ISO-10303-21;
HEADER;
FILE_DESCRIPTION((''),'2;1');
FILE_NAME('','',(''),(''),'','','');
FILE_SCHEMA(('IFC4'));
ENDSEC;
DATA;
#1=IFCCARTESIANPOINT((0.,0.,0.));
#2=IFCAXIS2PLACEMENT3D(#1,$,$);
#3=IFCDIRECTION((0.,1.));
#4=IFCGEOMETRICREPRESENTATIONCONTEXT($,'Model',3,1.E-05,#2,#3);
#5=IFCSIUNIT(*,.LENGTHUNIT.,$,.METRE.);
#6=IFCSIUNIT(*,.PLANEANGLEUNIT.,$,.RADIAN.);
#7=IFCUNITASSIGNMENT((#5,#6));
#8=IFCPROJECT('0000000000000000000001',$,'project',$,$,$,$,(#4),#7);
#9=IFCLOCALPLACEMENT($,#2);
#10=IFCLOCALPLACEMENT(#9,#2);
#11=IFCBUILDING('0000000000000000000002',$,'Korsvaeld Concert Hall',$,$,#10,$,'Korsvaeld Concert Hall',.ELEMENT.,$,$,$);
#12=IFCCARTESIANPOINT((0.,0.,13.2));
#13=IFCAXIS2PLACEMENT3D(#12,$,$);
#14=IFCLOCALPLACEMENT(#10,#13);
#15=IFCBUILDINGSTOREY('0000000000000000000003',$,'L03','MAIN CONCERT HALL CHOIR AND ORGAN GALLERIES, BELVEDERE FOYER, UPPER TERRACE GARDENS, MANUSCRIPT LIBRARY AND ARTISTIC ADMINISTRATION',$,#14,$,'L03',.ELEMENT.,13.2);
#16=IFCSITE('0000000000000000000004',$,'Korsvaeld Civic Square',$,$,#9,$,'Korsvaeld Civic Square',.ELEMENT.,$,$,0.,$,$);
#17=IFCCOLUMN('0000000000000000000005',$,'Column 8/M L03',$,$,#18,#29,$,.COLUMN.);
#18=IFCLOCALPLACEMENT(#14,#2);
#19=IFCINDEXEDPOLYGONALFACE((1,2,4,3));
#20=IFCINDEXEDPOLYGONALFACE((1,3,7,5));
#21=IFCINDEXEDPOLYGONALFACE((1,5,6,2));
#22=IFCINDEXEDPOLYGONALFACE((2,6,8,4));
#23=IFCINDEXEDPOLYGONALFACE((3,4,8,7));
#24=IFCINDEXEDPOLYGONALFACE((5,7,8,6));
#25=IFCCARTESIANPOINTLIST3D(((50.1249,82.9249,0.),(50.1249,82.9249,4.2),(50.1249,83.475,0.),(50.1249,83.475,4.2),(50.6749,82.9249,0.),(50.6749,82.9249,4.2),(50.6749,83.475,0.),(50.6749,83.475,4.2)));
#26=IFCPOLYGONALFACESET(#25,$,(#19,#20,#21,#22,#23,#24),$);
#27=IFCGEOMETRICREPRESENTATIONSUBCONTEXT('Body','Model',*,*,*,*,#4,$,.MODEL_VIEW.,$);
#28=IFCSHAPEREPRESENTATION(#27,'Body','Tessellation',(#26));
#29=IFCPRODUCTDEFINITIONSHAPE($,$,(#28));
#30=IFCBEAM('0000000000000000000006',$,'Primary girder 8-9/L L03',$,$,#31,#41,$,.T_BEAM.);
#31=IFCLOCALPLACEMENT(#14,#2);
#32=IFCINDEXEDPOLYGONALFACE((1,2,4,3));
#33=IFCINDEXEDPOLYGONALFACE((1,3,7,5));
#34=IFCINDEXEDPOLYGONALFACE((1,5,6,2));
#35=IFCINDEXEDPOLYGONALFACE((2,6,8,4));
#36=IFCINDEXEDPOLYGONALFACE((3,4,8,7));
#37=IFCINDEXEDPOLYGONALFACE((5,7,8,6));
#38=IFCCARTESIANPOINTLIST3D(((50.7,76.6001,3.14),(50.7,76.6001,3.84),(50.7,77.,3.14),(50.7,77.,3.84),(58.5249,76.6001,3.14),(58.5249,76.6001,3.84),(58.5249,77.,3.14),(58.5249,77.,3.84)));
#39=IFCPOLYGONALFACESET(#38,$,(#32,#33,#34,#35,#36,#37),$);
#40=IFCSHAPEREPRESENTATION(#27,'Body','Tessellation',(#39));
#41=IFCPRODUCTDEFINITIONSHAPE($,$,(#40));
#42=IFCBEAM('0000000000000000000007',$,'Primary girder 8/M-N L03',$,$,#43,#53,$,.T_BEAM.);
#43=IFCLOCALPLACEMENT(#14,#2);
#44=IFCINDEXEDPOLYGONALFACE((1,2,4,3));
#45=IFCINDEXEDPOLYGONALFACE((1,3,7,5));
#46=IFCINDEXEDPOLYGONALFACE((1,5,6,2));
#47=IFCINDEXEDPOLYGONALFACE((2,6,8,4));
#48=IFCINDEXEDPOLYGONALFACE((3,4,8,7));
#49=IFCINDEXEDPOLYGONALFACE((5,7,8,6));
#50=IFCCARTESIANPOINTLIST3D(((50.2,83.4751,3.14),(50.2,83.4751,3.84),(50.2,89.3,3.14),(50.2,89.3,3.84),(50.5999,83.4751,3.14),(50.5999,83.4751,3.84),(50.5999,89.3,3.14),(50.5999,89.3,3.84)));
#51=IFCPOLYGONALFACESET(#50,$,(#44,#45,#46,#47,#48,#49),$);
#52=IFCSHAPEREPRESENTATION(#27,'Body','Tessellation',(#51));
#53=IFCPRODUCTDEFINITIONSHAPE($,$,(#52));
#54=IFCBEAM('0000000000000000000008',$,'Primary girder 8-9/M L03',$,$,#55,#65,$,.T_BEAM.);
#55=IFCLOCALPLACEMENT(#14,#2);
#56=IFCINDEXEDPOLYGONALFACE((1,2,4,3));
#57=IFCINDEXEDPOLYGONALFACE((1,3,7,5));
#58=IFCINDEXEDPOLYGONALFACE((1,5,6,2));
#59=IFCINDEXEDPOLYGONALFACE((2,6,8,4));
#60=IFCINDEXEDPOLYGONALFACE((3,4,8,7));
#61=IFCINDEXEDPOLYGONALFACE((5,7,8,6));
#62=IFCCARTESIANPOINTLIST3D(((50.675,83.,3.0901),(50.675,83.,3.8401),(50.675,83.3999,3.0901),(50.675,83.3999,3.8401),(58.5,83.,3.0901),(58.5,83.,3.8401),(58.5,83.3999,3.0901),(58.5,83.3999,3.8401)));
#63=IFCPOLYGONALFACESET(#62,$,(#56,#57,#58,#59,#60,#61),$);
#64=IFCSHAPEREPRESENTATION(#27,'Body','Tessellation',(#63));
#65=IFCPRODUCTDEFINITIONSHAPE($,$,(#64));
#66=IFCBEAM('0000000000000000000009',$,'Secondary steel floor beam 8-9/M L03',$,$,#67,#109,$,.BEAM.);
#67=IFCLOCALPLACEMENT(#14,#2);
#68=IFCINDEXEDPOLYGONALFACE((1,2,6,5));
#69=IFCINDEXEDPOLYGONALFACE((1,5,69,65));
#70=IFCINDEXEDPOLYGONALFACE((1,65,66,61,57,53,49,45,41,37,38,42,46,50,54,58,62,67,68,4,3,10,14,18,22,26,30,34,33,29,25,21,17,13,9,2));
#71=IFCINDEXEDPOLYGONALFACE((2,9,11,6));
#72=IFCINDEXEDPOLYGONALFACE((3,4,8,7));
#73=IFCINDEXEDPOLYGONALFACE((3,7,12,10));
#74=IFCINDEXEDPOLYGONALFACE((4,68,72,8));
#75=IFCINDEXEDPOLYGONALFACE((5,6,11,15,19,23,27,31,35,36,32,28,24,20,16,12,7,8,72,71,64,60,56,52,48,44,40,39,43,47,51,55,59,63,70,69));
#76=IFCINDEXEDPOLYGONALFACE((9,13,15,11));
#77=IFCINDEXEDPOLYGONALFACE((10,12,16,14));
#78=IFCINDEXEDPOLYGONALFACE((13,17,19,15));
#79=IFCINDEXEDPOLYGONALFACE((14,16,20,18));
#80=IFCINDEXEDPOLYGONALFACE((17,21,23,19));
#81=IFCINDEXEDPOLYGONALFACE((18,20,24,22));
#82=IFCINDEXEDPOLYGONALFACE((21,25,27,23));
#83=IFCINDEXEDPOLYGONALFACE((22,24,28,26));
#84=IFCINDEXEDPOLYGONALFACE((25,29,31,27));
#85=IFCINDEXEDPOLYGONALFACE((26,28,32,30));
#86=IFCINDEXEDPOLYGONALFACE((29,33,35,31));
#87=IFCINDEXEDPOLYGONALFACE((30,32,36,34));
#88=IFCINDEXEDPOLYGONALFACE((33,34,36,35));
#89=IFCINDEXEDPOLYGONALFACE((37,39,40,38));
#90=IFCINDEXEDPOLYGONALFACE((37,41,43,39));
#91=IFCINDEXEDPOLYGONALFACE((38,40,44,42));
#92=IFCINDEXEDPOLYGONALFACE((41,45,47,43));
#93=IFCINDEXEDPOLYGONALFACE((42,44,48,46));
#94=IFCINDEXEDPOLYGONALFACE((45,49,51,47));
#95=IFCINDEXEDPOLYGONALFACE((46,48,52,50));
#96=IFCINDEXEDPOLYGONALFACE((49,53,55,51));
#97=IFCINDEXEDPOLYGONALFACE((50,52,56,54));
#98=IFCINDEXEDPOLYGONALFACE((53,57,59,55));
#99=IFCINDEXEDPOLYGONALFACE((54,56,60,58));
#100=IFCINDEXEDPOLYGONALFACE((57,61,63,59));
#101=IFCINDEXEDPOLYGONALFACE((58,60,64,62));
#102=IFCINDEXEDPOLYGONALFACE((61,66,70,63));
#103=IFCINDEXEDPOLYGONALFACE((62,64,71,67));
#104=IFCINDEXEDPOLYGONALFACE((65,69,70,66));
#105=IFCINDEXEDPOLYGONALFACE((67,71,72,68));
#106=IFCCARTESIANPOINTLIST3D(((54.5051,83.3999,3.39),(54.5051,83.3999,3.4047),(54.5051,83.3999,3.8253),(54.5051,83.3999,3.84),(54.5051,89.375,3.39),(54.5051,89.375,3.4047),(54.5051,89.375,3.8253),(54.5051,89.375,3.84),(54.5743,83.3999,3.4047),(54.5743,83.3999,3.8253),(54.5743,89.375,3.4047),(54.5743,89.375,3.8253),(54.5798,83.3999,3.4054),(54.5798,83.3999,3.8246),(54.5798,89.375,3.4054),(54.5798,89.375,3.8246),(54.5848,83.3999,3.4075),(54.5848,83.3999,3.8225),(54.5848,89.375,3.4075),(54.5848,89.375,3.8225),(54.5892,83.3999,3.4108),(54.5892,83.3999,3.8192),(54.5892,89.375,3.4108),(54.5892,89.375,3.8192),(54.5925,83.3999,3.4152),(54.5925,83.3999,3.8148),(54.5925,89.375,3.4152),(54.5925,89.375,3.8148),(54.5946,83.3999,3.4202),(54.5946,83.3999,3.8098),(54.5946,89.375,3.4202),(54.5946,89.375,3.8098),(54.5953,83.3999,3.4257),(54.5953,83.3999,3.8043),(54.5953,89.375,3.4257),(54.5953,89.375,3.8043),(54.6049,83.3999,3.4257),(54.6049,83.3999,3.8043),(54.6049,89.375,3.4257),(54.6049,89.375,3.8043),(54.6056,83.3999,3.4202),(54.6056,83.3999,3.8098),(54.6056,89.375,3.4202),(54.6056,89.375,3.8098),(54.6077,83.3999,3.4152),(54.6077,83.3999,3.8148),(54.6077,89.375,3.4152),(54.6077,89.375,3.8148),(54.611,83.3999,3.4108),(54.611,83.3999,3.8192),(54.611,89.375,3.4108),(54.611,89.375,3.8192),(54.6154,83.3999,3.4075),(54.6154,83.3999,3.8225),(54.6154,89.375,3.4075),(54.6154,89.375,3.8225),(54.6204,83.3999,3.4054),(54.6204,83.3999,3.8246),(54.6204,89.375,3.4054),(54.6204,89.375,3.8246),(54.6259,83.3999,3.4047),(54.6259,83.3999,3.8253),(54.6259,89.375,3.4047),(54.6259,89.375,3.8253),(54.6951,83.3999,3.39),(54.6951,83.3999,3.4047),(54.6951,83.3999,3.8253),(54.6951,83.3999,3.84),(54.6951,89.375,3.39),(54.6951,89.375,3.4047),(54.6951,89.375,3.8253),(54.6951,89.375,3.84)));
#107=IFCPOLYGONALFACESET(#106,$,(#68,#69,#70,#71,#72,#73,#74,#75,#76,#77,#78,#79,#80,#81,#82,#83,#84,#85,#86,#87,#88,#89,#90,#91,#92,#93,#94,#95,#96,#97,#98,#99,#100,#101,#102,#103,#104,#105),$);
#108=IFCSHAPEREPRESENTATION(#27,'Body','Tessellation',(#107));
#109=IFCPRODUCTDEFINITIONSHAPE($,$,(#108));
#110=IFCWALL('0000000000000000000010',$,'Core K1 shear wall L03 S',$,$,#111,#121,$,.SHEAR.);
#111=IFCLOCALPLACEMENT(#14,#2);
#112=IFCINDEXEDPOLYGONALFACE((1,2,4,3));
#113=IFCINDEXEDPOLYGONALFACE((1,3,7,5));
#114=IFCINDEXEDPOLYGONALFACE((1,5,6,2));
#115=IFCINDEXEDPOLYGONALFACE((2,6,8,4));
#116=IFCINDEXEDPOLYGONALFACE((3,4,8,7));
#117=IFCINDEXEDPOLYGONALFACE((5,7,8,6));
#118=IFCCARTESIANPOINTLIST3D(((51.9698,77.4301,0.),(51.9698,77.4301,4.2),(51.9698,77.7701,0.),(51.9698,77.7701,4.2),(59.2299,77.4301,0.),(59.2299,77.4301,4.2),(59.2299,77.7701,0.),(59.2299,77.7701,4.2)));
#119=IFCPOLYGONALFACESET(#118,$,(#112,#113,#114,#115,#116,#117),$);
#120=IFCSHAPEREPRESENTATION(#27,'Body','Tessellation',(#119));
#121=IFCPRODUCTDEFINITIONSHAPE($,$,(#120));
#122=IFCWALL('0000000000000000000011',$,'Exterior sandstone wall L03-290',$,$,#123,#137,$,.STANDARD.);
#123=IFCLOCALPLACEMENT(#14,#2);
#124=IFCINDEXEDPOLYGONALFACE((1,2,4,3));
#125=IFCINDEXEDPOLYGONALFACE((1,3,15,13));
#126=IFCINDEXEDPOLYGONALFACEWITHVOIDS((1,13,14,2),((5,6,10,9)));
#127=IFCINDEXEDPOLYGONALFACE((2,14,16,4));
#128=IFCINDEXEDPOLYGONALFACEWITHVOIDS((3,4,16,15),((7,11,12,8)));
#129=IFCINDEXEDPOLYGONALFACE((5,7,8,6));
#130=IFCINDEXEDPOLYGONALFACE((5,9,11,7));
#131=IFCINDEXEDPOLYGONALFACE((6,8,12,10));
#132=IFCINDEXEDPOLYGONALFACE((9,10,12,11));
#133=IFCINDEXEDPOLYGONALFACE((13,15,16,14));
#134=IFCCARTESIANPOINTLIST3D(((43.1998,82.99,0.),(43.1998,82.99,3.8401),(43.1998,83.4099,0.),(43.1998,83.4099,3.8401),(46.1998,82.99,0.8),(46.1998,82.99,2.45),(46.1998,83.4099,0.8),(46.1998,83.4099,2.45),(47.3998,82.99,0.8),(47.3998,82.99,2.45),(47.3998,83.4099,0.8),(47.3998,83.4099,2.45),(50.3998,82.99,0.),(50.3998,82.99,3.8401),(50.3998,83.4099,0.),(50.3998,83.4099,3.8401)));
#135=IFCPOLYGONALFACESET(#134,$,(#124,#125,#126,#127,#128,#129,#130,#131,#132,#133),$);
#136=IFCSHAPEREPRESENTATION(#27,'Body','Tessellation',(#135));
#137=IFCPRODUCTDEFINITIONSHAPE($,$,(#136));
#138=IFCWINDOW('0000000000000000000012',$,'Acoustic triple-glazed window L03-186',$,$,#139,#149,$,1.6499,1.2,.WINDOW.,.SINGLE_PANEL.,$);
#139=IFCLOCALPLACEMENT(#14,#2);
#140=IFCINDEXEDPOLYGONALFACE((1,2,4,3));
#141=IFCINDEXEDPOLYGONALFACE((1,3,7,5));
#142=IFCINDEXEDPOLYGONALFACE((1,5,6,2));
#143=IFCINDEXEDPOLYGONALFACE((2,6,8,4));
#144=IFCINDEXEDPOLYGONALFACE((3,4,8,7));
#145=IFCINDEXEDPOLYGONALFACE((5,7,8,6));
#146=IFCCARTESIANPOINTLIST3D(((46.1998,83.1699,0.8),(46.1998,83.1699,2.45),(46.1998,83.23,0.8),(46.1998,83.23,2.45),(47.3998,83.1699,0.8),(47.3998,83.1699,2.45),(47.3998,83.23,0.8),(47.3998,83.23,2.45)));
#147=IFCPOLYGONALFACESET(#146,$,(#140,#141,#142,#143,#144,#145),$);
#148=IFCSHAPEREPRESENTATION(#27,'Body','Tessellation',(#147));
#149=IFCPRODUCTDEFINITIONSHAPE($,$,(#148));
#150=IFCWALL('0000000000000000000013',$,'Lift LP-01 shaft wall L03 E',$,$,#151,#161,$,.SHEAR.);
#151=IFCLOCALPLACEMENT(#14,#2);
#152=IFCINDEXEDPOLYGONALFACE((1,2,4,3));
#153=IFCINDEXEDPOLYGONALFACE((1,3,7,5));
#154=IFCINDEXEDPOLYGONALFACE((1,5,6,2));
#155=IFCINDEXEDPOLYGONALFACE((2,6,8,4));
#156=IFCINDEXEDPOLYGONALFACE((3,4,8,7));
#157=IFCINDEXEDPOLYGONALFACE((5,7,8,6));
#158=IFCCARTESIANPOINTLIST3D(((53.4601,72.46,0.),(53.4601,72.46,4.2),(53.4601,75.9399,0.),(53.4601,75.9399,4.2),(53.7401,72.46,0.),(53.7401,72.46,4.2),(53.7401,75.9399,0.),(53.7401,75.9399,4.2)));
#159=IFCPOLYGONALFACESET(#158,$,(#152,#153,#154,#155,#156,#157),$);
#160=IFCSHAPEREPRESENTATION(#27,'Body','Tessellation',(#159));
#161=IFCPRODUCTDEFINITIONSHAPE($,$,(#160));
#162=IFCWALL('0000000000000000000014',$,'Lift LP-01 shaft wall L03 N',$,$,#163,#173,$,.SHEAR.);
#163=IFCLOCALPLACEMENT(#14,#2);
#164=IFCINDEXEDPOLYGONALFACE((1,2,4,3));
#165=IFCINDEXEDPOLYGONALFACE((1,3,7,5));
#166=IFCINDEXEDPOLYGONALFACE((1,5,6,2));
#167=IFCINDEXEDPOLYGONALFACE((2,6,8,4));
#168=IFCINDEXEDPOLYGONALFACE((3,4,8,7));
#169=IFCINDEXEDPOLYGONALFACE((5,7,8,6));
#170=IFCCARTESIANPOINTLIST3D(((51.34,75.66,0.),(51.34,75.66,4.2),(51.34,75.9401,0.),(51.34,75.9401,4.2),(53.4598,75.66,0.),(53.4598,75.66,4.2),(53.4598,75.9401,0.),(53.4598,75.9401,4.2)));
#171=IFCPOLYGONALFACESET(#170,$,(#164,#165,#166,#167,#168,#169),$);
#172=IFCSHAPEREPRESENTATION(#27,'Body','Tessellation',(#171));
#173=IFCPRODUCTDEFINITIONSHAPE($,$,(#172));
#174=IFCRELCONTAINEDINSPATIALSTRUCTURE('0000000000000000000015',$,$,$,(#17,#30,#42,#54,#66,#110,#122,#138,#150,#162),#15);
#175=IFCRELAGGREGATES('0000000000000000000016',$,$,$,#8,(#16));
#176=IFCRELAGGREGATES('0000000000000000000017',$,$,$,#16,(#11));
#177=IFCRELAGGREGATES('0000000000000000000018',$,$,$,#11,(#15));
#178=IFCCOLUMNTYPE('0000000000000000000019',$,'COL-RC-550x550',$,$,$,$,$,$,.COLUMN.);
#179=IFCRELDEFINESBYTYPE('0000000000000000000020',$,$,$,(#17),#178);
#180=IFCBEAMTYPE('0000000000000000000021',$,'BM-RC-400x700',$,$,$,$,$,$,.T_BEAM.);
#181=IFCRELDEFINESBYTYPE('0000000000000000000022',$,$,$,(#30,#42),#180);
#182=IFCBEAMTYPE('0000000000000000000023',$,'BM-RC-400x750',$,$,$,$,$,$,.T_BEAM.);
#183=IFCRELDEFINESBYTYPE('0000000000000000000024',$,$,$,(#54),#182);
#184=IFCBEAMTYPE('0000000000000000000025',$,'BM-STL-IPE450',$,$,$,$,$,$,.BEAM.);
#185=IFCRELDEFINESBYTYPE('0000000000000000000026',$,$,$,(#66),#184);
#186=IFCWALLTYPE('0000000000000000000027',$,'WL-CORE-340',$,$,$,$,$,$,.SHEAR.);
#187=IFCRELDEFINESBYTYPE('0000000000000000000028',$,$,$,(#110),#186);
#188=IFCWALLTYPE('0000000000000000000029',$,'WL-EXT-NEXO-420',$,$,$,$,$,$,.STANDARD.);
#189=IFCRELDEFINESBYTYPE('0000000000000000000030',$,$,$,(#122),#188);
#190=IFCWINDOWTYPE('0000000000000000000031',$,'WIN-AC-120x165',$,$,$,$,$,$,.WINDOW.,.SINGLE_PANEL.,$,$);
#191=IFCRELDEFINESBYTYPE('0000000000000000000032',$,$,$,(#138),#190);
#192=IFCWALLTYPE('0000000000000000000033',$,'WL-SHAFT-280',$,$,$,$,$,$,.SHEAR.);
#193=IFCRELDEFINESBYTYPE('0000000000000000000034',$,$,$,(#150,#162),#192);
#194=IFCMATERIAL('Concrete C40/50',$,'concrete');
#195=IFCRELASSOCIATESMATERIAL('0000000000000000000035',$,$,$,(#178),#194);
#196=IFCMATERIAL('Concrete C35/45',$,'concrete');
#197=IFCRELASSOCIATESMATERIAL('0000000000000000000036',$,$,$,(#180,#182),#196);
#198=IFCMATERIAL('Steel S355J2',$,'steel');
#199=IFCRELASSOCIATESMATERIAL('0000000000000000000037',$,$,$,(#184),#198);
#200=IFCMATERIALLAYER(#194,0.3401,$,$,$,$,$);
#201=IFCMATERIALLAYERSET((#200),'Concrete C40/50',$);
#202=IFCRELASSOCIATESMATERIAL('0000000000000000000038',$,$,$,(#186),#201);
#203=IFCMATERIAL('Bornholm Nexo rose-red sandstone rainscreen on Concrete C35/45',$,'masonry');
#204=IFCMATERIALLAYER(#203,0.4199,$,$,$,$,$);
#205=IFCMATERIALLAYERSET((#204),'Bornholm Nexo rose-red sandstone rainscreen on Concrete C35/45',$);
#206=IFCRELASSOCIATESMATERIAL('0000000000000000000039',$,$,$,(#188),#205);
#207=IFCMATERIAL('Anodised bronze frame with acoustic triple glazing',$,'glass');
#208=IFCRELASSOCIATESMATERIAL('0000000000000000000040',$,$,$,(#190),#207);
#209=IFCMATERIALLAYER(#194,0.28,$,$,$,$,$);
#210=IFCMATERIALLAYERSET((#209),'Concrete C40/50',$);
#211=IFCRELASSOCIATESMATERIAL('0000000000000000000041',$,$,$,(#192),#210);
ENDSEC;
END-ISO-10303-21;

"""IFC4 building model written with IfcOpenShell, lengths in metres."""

from ifc_helpers import new_model, si_unit, direction, frame, frame_2d, origin, origin_2d, place, context, subcontext, project, spatial, rectangle, i_section, extrude, material, layer, layer_set, material_profile, profile_set, type_object, element, fill, save


model = new_model("IFC4")

# Units and contexts
model_context = context("Model", 3, precision=1e-05, world=origin(), true_north=direction((0.0, 1.0)))
body_context = subcontext(model_context, "Body", "Model", "MODEL_VIEW")
ifc_project = project(units=[si_unit("LENGTHUNIT", "METRE"), si_unit("PLANEANGLEUNIT", "RADIAN")], contexts=[model_context])

# Site, building, storey
site_placement = place(None, origin())
site = spatial("IfcSite", under=ifc_project, at=site_placement, Name="Korsvaeld Civic Square", LongName="Korsvaeld Civic Square", CompositionType="ELEMENT", RefElevation=0.0)
building_placement = place(site_placement, origin())
building = spatial("IfcBuilding", under=site, at=building_placement, Name="Korsvaeld Concert Hall", LongName="Korsvaeld Concert Hall", CompositionType="ELEMENT")
storey_placement = place(building_placement, frame((0.0, 0.0, 13.2)))
storey = spatial("IfcBuildingStorey", under=building, at=storey_placement, Name="L03", Description="MAIN CONCERT HALL CHOIR AND ORGAN GALLERIES, BELVEDERE FOYER, UPPER TERRACE GARDENS, MANUSCRIPT LIBRARY AND ARTISTIC ADMINISTRATION", LongName="L03", CompositionType="ELEMENT", Elevation=13.2)

# Column
ifc_material_1 = material(Name="Concrete C40/50", Category="concrete")
ifc_material_profile_1 = material_profile(ifc_material_1, rectangle(XDim=0.55, YDim=0.55, at=origin_2d()), Name="RC 550x550")
ifc_profile_set_1 = profile_set([ifc_material_profile_1], Name="Concrete C40/50")
column_type = type_object("IfcColumnType", Name="COL-RC-550x550", PredefinedType="COLUMN", material=ifc_profile_set_1)
column_placement = place(storey_placement, frame((50.3999, 83.2, 0.0), z_axis=(0.0, 0.0, 1.0), x_axis=(1.0, 0.0, 0.0)))
element("IfcColumn", 1, at=column_placement, inside=storey, type_object=column_type, Name="Column 8/M L03", PredefinedType="COLUMN", context=body_context, shape_type="SweptSolid", body=[
    extrude(rectangle(XDim=0.55, YDim=0.55, at=origin_2d()), origin(), (0.0, 0.0, 1.0), 4.2),
])

# Beams
ifc_material_2 = material(Name="Concrete C35/45", Category="concrete")
ifc_material_profile_2 = material_profile(ifc_material_2, rectangle(XDim=0.3999, YDim=0.7, at=origin_2d()), Name="RC 400x700")
ifc_profile_set_2 = profile_set([ifc_material_profile_2], Name="Concrete C35/45")
beam_type_1 = type_object("IfcBeamType", Name="BM-RC-400x700", PredefinedType="T_BEAM", material=ifc_profile_set_2)
beam_1_placement = place(storey_placement, frame((50.7, 76.8, 3.49), z_axis=(1.0, 0.0, 0.0), x_axis=(0.0, 1.0, 0.0)))
element("IfcBeam", 2, at=beam_1_placement, inside=storey, type_object=beam_type_1, Name="Primary girder 8-9/L L03", PredefinedType="T_BEAM", context=body_context, shape_type="SweptSolid", body=[
    extrude(rectangle(XDim=0.3999, YDim=0.7, at=origin_2d()), origin(), (0.0, 0.0, 1.0), 7.825),
])
beam_2_placement = place(storey_placement, frame((50.3999, 83.4751, 3.49), z_axis=(0.0, 1.0, 0.0), x_axis=(-1.0, 0.0, 0.0)))
element("IfcBeam", 3, at=beam_2_placement, inside=storey, type_object=beam_type_1, Name="Primary girder 8/M-N L03", PredefinedType="T_BEAM", context=body_context, shape_type="SweptSolid", body=[
    extrude(rectangle(XDim=0.3999, YDim=0.7, at=origin_2d()), origin(), (0.0, 0.0, 1.0), 5.825),
])
ifc_material_profile_3 = material_profile(ifc_material_2, rectangle(XDim=0.3999, YDim=0.75, at=origin_2d()), Name="RC 400x750")
ifc_profile_set_3 = profile_set([ifc_material_profile_3], Name="Concrete C35/45")
beam_type_2 = type_object("IfcBeamType", Name="BM-RC-400x750", PredefinedType="T_BEAM", material=ifc_profile_set_3)
beam_3_placement = place(storey_placement, frame((50.675, 83.2, 3.4651), z_axis=(1.0, 0.0, 0.0), x_axis=(0.0, 1.0, 0.0)))
element("IfcBeam", 4, at=beam_3_placement, inside=storey, type_object=beam_type_2, Name="Primary girder 8-9/M L03", PredefinedType="T_BEAM", context=body_context, shape_type="SweptSolid", body=[
    extrude(rectangle(XDim=0.3999, YDim=0.75, at=origin_2d()), origin(), (0.0, 0.0, 1.0), 7.825),
])
ifc_material_3 = material(Name="Steel S355J2", Category="steel")
ifc_material_profile_4 = material_profile(ifc_material_3, i_section(OverallWidth=0.1899, OverallDepth=0.45, WebThickness=0.0095, FlangeThickness=0.0146, FilletRadius=0.021, at=origin_2d()), Name="IPE 450")
ifc_profile_set_4 = profile_set([ifc_material_profile_4], Name="Steel S355J2")
beam_type_3 = type_object("IfcBeamType", Name="BM-STL-IPE450", PredefinedType="BEAM", material=ifc_profile_set_4)
beam_4_placement = place(storey_placement, frame((54.6001, 83.3999, 3.615), z_axis=(0.0, 1.0, 0.0), x_axis=(-1.0, 0.0, 0.0)))
element("IfcBeam", 5, at=beam_4_placement, inside=storey, type_object=beam_type_3, Name="Secondary steel floor beam 8-9/M L03", PredefinedType="BEAM", context=body_context, shape_type="SweptSolid", body=[
    extrude(i_section(OverallWidth=0.1899, OverallDepth=0.45, WebThickness=0.0095, FlangeThickness=0.0146, FilletRadius=0.021, at=origin_2d()), origin(), (0.0, 0.0, 1.0), 5.9751),
])

# Wall
ifc_layer_1 = layer(ifc_material_1, 0.3401)
ifc_layer_set_1 = layer_set([ifc_layer_1], Name="Concrete C40/50")
wall_type_1 = type_object("IfcWallType", Name="WL-CORE-340", PredefinedType="SHEAR", material=ifc_layer_set_1)
wall_1_placement = place(storey_placement, frame((51.97, 77.6001, 0.0), z_axis=(0.0, 0.0, 1.0), x_axis=(1.0, 0.0, 0.0)))
element("IfcWall", 6, at=wall_1_placement, inside=storey, type_object=wall_type_1, Name="Core K1 shear wall L03 S", PredefinedType="SHEAR", context=body_context, shape_type="SweptSolid", body=[
    extrude(rectangle(XDim=7.26, YDim=0.3401, at=frame_2d((3.6299, 0.0))), origin(), (0.0, 0.0, 1.0), 4.2),
])

# Wall, opening, window
ifc_material_4 = material(Name="Bornholm Nexo rose-red sandstone rainscreen on Concrete C35/45", Category="masonry")
ifc_layer_2 = layer(ifc_material_4, 0.4199)
ifc_layer_set_2 = layer_set([ifc_layer_2], Name="Bornholm Nexo rose-red sandstone rainscreen on Concrete C35/45")
wall_type_2 = type_object("IfcWallType", Name="WL-EXT-NEXO-420", PredefinedType="STANDARD", material=ifc_layer_set_2)
wall_2_placement = place(storey_placement, frame((50.3999, 83.2, 0.0), z_axis=(0.0, 0.0, 1.0), x_axis=(-1.0, 0.0, 0.0)))
wall_2 = element("IfcWall", 7, at=wall_2_placement, inside=storey, type_object=wall_type_2, Name="Exterior sandstone wall L03-290", PredefinedType="STANDARD", context=body_context, shape_type="SweptSolid", body=[
    extrude(rectangle(XDim=7.2, YDim=0.4199, at=frame_2d((3.6001, 0.0))), origin(), (0.0, 0.0, 1.0), 3.8401),
])
opening_1_placement = place(wall_2_placement, frame((3.0, 0.0, 0.8)))
opening_1 = element("IfcOpeningElement", 8, at=opening_1_placement, cuts=wall_2, PredefinedType="OPENING", context=body_context, shape_type="SweptSolid", body=[
    extrude(rectangle(XDim=1.2, YDim=1.6499, at=frame_2d((0.6001, 0.825))), frame((0.0, 0.22, 0.0), z_axis=(0.0, -1.0, 0.0), x_axis=(1.0, 0.0, 0.0)), (0.0, 0.0, 1.0), 0.4399),
])
ifc_material_5 = material(Name="Anodised bronze frame with acoustic triple glazing", Category="glass")
window_type = type_object("IfcWindowType", Name="WIN-AC-120x165", PartitioningType="SINGLE_PANEL", PredefinedType="WINDOW", material=ifc_material_5)
window_placement = place(opening_1_placement, origin())
window = element("IfcWindow", 9, at=window_placement, inside=storey, type_object=window_type, Name="Acoustic triple-glazed window L03-186", OverallHeight=1.6499, OverallWidth=1.2, PartitioningType="SINGLE_PANEL", PredefinedType="WINDOW", context=body_context, shape_type="SweptSolid", body=[
    extrude(rectangle(XDim=1.2, YDim=1.6499, at=frame_2d((0.6001, 0.825))), frame((0.0, 0.03, 0.0), z_axis=(0.0, -1.0, 0.0), x_axis=(1.0, 0.0, 0.0)), (0.0, 0.0, 1.0), 0.0601),
])
fill(opening_1, window)

# Shared definitions
ifc_layer_3 = layer(ifc_material_1, 0.28)
ifc_layer_set_3 = layer_set([ifc_layer_3], Name="Concrete C40/50")
wall_type_3 = type_object("IfcWallType", Name="WL-SHAFT-280", PredefinedType="SHEAR", material=ifc_layer_set_3)

# Walls
wall_3_placement = place(storey_placement, frame((53.6001, 72.46, 0.0), z_axis=(0.0, 0.0, 1.0), x_axis=(0.0, 1.0, 0.0)))
element("IfcWall", 10, at=wall_3_placement, inside=storey, type_object=wall_type_3, Name="Lift LP-01 shaft wall L03 E", PredefinedType="SHEAR", context=body_context, shape_type="SweptSolid", body=[
    extrude(rectangle(XDim=3.48, YDim=0.28, at=frame_2d((1.74, 0.0))), origin(), (0.0, 0.0, 1.0), 4.2),
])
wall_4_placement = place(storey_placement, frame((53.46, 75.8, 0.0), z_axis=(0.0, 0.0, 1.0), x_axis=(-1.0, 0.0, 0.0)))
element("IfcWall", 11, at=wall_4_placement, inside=storey, type_object=wall_type_3, Name="Lift LP-01 shaft wall L03 N", PredefinedType="SHEAR", context=body_context, shape_type="SweptSolid", body=[
    extrude(rectangle(XDim=2.1199, YDim=0.28, at=frame_2d((1.0601, 0.0))), origin(), (0.0, 0.0, 1.0), 4.2),
])

save(model, "model.ifc")
